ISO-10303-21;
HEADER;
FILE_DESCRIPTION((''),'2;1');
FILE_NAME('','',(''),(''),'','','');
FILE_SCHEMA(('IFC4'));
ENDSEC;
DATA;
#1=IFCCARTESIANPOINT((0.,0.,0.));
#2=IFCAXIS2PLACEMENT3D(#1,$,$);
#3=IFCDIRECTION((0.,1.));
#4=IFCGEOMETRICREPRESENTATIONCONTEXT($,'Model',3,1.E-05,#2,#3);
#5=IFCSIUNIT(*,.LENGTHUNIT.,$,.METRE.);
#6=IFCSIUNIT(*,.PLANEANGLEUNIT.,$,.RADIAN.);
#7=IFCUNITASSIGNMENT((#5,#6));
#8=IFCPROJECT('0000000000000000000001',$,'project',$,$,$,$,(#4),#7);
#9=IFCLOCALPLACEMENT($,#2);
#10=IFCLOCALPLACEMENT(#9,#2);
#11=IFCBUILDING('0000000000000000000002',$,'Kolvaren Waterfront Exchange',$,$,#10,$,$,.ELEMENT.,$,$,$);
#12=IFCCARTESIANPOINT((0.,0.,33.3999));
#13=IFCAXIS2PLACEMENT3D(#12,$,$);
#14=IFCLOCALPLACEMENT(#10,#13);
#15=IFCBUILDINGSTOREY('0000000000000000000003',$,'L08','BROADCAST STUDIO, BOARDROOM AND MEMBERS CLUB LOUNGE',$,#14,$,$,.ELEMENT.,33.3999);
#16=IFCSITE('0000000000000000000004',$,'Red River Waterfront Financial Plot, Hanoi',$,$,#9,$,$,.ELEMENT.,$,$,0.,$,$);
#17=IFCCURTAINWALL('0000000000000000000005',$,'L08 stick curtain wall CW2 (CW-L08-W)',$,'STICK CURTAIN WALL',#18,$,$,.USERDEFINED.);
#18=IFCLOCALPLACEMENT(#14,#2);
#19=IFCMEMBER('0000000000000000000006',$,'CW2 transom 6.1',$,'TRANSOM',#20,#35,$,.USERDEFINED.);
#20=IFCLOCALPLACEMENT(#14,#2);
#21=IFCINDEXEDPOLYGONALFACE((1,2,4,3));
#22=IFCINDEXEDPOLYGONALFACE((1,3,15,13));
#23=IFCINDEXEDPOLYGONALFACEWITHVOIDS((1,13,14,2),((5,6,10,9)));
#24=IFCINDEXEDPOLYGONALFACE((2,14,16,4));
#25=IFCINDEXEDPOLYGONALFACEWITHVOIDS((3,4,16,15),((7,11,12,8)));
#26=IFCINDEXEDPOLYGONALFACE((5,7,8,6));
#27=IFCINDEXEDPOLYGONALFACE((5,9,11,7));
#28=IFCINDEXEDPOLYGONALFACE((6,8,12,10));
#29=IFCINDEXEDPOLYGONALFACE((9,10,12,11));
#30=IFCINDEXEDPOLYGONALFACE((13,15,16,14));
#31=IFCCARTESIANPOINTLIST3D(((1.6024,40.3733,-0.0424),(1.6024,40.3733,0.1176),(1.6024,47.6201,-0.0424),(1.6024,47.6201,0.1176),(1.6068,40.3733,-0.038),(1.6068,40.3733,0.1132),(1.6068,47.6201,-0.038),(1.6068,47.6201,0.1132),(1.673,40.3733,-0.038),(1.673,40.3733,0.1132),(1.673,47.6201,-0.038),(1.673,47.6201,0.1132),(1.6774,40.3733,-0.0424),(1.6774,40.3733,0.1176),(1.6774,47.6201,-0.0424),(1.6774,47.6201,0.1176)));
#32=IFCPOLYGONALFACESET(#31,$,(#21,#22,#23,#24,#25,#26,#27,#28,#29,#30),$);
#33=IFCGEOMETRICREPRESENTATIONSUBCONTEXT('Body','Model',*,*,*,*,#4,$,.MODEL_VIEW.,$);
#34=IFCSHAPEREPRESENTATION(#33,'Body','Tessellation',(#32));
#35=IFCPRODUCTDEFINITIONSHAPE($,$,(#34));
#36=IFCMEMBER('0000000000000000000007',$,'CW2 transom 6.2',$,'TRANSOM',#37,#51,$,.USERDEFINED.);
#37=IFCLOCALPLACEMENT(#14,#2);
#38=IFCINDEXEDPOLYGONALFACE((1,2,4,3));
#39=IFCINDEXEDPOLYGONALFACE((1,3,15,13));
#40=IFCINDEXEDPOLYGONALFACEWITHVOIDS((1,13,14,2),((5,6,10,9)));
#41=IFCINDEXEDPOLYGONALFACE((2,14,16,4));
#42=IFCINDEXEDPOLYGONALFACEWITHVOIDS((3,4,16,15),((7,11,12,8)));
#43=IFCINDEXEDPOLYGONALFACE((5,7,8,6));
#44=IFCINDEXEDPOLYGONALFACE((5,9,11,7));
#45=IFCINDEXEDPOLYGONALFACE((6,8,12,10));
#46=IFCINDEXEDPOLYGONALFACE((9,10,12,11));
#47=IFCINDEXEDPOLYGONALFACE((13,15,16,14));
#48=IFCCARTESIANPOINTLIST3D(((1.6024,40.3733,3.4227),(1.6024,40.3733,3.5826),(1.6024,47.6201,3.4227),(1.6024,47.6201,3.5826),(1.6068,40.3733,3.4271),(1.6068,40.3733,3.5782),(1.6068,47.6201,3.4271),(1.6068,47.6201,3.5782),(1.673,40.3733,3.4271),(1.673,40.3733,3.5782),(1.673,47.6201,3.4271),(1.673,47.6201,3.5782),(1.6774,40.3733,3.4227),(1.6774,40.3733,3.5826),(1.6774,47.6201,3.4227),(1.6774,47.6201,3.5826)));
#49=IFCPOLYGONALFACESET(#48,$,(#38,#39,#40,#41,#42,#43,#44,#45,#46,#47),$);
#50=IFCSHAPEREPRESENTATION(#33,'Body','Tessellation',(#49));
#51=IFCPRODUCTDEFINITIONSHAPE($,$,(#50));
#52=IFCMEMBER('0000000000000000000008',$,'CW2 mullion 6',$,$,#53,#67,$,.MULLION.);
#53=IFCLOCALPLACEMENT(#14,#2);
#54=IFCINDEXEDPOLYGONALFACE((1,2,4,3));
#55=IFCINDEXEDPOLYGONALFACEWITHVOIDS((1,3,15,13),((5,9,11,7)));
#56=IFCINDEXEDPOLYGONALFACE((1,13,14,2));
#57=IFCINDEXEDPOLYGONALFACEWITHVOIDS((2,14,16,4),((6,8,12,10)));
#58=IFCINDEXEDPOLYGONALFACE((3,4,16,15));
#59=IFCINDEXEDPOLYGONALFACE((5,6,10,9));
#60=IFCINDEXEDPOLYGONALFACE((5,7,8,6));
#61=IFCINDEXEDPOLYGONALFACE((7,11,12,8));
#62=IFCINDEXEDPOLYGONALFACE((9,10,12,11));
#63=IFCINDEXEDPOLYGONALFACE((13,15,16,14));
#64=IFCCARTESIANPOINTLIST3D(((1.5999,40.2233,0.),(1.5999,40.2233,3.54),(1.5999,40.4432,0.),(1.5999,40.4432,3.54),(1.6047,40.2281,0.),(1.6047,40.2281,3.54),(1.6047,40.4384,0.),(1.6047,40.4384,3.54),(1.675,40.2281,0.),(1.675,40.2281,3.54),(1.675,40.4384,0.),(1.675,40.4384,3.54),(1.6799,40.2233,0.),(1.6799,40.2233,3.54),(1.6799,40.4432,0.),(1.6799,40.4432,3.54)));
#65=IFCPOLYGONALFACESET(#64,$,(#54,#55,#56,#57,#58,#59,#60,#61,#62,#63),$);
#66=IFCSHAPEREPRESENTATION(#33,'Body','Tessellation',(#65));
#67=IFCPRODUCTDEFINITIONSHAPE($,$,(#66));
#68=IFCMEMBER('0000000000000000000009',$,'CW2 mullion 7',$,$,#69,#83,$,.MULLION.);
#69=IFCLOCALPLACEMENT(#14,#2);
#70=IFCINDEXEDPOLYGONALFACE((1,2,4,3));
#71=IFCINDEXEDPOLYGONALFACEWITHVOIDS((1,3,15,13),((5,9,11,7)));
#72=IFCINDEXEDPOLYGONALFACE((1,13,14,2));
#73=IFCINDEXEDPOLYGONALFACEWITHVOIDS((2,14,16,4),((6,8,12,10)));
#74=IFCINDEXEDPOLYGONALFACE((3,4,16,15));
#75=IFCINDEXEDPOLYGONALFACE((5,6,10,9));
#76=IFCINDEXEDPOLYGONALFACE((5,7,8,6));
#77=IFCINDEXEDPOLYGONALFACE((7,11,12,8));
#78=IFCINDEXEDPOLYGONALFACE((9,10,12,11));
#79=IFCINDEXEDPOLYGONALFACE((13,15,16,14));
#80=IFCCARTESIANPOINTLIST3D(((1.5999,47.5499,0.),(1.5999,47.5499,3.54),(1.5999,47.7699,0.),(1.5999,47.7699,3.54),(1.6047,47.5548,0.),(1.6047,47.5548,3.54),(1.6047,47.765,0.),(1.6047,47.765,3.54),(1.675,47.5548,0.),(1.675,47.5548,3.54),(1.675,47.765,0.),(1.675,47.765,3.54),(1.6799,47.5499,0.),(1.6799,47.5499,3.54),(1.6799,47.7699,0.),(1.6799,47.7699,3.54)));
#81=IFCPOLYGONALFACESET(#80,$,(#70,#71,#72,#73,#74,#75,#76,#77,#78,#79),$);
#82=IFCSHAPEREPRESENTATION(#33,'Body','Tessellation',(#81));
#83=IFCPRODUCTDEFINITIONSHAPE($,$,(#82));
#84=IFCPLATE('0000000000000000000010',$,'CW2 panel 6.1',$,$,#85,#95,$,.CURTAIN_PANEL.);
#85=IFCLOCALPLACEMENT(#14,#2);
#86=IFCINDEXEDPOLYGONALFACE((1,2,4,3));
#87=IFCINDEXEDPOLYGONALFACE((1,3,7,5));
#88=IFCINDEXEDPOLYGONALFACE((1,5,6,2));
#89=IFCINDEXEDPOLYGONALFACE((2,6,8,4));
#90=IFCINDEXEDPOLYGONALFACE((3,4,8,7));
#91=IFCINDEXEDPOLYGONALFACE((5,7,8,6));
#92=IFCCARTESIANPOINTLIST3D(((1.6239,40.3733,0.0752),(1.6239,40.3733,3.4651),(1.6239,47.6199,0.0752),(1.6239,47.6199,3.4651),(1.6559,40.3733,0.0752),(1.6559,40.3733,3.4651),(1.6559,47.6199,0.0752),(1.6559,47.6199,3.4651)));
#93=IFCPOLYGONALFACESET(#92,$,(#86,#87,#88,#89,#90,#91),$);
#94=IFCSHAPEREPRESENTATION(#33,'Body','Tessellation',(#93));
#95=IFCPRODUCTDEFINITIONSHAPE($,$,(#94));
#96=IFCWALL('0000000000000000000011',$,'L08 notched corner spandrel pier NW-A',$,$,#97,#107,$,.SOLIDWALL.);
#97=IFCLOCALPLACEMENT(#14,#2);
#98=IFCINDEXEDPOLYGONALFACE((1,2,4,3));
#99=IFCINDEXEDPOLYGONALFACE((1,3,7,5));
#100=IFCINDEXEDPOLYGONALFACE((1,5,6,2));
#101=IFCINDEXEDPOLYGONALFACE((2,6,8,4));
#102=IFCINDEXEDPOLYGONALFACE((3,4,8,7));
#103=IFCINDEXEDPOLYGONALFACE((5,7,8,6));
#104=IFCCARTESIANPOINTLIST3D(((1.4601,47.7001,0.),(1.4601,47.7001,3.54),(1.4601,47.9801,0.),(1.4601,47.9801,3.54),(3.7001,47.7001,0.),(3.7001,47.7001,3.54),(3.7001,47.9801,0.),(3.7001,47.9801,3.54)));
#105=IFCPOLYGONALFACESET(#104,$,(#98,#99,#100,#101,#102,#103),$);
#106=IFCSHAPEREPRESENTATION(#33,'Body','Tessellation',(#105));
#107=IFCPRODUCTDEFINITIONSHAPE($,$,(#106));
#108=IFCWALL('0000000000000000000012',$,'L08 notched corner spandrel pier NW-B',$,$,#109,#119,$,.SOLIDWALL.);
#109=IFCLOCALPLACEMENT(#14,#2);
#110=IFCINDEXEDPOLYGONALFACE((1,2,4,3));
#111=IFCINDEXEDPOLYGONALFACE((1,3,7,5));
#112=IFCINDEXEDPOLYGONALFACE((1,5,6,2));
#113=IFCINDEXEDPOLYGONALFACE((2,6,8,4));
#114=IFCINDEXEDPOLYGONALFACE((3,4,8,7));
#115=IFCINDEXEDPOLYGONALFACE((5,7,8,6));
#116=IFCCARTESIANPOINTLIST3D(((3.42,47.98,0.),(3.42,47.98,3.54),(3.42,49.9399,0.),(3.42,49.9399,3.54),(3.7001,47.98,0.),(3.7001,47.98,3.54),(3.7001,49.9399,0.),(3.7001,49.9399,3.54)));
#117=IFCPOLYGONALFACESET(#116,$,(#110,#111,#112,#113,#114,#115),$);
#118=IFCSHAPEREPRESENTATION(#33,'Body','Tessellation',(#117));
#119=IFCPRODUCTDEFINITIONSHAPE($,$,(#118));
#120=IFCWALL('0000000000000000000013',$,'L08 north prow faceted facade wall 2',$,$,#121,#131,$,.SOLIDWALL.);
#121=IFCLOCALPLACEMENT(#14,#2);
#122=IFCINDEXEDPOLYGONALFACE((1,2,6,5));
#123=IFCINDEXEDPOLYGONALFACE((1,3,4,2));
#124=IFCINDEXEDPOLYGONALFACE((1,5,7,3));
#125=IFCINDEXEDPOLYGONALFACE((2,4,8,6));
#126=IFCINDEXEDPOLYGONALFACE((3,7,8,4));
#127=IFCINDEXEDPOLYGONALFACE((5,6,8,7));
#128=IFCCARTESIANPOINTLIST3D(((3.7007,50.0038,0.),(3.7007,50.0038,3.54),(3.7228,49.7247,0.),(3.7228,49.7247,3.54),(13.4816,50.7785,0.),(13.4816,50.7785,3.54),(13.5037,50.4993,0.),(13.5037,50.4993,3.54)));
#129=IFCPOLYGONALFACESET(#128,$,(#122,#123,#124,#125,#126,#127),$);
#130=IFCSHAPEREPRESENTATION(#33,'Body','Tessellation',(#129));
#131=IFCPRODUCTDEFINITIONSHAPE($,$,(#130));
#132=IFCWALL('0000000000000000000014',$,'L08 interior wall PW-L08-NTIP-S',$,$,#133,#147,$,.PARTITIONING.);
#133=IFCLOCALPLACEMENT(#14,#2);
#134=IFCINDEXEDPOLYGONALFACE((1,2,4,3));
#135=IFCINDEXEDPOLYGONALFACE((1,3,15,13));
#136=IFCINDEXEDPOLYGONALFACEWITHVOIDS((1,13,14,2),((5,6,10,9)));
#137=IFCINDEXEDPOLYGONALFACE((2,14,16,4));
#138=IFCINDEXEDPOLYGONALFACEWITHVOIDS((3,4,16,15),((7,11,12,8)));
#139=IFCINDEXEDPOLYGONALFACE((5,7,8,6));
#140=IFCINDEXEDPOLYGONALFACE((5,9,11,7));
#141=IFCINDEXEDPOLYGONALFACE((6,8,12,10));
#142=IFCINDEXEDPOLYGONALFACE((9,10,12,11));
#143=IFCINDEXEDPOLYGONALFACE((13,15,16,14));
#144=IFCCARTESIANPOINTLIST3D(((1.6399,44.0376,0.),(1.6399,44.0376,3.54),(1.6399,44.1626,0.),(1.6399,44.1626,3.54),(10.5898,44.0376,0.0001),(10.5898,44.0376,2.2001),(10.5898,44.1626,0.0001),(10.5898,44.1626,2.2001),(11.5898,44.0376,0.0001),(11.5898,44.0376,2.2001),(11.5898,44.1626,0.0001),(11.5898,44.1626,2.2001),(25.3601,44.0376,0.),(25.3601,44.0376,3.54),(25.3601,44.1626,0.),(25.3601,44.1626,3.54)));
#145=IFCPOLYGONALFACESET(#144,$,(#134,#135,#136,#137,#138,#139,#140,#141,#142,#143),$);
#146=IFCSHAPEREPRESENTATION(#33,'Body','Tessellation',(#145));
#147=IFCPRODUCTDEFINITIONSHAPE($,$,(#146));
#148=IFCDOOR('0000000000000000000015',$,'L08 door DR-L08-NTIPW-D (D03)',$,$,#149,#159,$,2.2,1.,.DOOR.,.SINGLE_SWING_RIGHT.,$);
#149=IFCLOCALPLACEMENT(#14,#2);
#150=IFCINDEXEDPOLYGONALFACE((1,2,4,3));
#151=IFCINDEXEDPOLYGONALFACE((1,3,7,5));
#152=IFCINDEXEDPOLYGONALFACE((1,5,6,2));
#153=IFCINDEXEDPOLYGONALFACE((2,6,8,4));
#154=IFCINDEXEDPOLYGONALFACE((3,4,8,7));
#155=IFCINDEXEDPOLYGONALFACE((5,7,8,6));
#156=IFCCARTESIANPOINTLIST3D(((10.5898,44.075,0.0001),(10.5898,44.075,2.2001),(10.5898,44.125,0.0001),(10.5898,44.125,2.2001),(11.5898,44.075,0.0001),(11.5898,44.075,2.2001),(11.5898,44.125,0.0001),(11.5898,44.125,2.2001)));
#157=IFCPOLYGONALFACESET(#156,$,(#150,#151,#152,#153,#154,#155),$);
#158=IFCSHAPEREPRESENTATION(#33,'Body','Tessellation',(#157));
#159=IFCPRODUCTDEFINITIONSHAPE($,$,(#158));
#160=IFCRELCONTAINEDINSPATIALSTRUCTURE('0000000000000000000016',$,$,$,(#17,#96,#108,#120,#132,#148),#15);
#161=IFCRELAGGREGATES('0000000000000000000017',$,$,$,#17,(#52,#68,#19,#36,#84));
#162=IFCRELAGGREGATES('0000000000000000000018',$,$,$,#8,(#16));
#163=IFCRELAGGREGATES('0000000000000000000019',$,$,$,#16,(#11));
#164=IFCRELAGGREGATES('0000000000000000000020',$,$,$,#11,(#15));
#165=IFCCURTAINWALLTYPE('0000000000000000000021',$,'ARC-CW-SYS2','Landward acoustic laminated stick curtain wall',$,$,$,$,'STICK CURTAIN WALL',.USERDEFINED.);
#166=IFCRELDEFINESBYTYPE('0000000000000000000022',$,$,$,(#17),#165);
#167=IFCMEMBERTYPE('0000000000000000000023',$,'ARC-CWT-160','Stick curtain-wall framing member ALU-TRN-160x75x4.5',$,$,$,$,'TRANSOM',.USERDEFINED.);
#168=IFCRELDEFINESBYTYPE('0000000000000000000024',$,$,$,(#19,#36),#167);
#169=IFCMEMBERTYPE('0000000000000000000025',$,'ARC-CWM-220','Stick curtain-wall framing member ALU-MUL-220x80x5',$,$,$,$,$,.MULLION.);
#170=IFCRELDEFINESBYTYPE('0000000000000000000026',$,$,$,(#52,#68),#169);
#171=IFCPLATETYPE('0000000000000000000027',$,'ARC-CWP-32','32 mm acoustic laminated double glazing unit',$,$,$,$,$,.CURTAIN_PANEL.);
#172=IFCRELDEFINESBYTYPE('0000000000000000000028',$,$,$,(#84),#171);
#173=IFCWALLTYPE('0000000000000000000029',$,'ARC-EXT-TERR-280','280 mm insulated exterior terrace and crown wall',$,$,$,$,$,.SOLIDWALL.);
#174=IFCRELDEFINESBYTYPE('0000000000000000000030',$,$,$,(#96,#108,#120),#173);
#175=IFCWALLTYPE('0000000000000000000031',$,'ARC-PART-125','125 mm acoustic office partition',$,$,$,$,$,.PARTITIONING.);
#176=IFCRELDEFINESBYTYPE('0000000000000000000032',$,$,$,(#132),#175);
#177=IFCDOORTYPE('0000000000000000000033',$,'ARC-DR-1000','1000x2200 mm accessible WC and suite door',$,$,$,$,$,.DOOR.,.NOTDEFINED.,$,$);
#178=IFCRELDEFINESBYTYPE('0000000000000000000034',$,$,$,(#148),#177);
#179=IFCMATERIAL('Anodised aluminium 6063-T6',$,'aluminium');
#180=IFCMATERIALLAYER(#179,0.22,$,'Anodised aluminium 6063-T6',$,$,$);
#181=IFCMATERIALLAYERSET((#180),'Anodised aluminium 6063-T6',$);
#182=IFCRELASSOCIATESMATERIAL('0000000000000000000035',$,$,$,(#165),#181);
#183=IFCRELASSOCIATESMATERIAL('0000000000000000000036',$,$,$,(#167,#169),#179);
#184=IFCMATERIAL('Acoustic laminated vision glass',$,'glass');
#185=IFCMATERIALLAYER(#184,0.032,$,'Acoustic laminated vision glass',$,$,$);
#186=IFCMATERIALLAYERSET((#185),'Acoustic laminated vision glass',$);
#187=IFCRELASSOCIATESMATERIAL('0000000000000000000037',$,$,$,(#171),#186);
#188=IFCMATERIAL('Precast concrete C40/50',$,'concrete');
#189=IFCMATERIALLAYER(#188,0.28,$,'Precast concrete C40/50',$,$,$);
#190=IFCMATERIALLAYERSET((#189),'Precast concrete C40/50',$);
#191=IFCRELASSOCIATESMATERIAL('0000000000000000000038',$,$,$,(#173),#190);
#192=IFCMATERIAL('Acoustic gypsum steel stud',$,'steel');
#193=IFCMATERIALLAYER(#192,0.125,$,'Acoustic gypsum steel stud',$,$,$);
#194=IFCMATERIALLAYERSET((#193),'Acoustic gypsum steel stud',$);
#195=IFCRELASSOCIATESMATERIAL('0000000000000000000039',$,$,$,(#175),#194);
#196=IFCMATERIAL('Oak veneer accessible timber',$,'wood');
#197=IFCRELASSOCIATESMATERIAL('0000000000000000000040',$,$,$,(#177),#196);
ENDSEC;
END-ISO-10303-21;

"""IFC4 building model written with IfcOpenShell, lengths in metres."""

from ifc_helpers import new_model, si_unit, direction, frame, frame_2d, origin, origin_with_axes, origin_2d, place, context, subcontext, project, spatial, rectangle, hollow_rectangle, extrude, source, transform, mapped, material, layer, layer_set, material_profile, profile_set, type_object, element, fill, aggregate, save


model = new_model("IFC4")

# Units and contexts
model_context = context("Model", 3, precision=1e-05, world=origin(), true_north=direction((0.0, 1.0)))
body_context = subcontext(model_context, "Body", "Model", "MODEL_VIEW")
ifc_project = project(units=[si_unit("LENGTHUNIT", "METRE"), si_unit("PLANEANGLEUNIT", "RADIAN")], contexts=[model_context])

# Site, building, storey
site_placement = place(None, origin())
site = spatial("IfcSite", under=ifc_project, at=site_placement, Name="Red River Waterfront Financial Plot, Hanoi", CompositionType="ELEMENT", RefElevation=0.0)
building_placement = place(site_placement, origin())
building = spatial("IfcBuilding", under=site, at=building_placement, Name="Kolvaren Waterfront Exchange", CompositionType="ELEMENT")
storey_placement = place(building_placement, frame((0.0, 0.0, 33.3999)))
storey = spatial("IfcBuildingStorey", under=building, at=storey_placement, Name="L08", Description="BROADCAST STUDIO, BOARDROOM AND MEMBERS CLUB LOUNGE", CompositionType="ELEMENT", Elevation=33.3999)

# Curtain wall, members, plate
ifc_material_1 = material(Name="Anodised aluminium 6063-T6", Category="aluminium")
ifc_layer_1 = layer(ifc_material_1, 0.22, Name="Anodised aluminium 6063-T6")
ifc_layer_set_1 = layer_set([ifc_layer_1], Name="Anodised aluminium 6063-T6")
curtain_wall_type = type_object("IfcCurtainWallType", Name="ARC-CW-SYS2", Description="Landward acoustic laminated stick curtain wall", ElementType="STICK CURTAIN WALL", PredefinedType="USERDEFINED", material=ifc_layer_set_1)
curtain_wall_placement = place(storey_placement, origin())
curtain_wall = element("IfcCurtainWall", 1, at=curtain_wall_placement, inside=storey, type_object=curtain_wall_type, Name="L08 stick curtain wall CW2 (CW-L08-W)", ObjectType="STICK CURTAIN WALL", PredefinedType="USERDEFINED")
ifc_material_profile_1 = material_profile(ifc_material_1, hollow_rectangle(XDim=0.075, YDim=0.1599, WallThickness=0.0044, at=origin_2d()), Name="ALU-TRN-160x75x4.5")
ifc_profile_set_1 = profile_set([ifc_material_profile_1], Name="Anodised aluminium 6063-T6")
member_type_1 = type_object("IfcMemberType", Name="ARC-CWT-160", Description="Stick curtain-wall framing member ALU-TRN-160x75x4.5", ElementType="TRANSOM", PredefinedType="USERDEFINED", material=ifc_profile_set_1)
shared_shape_1 = source(origin_with_axes(), body_context, "Body", "SweptSolid", [
    extrude(hollow_rectangle(XDim=0.075, YDim=0.1599, WallThickness=0.0044, at=origin_2d()), origin(), (0.0, 0.0, 1.0), 7.2468),
])
member_1_placement = place(storey_placement, frame((1.6399, 40.3733, 0.0376), z_axis=(0.0, 1.0, 0.0), x_axis=(-1.0, 0.0, 0.0)))
member_1 = element("IfcMember", 2, at=member_1_placement, type_object=member_type_1, Name="CW2 transom 6.1", ObjectType="TRANSOM", PredefinedType="USERDEFINED", context=body_context, shape_type="MappedRepresentation", body=[
    mapped(shared_shape_1, transform((0.0, 0.0, 0.0), x_axis=(1.0, 0.0, 0.0), y_axis=(0.0, 1.0, 0.0), z_axis=(0.0, 0.0, 1.0), scale=1.0)),
])
member_2_placement = place(storey_placement, frame((1.6399, 40.3733, 3.5027), z_axis=(0.0, 1.0, 0.0), x_axis=(-1.0, 0.0, 0.0)))
member_2 = element("IfcMember", 3, at=member_2_placement, type_object=member_type_1, Name="CW2 transom 6.2", ObjectType="TRANSOM", PredefinedType="USERDEFINED", context=body_context, shape_type="MappedRepresentation", body=[
    mapped(shared_shape_1, transform((0.0, 0.0, 0.0), x_axis=(1.0, 0.0, 0.0), y_axis=(0.0, 1.0, 0.0), z_axis=(0.0, 0.0, 1.0), scale=1.0)),
])
ifc_material_profile_2 = material_profile(ifc_material_1, hollow_rectangle(XDim=0.0801, YDim=0.22, WallThickness=0.0049, at=origin_2d()), Name="ALU-MUL-220x80x5")
ifc_profile_set_2 = profile_set([ifc_material_profile_2], Name="Anodised aluminium 6063-T6")
member_type_2 = type_object("IfcMemberType", Name="ARC-CWM-220", Description="Stick curtain-wall framing member ALU-MUL-220x80x5", PredefinedType="MULLION", material=ifc_profile_set_2)
shared_shape_2 = source(origin_with_axes(), body_context, "Body", "SweptSolid", [
    extrude(hollow_rectangle(XDim=0.0801, YDim=0.22, WallThickness=0.0049, at=origin_2d()), origin(), (0.0, 0.0, 1.0), 3.54),
])
member_3_placement = place(storey_placement, frame((1.6399, 40.3333, 0.0), z_axis=(0.0, 0.0, 1.0), x_axis=(-1.0, 0.0, 0.0)))
member_3 = element("IfcMember", 4, at=member_3_placement, type_object=member_type_2, Name="CW2 mullion 6", PredefinedType="MULLION", context=body_context, shape_type="MappedRepresentation", body=[
    mapped(shared_shape_2, transform((0.0, 0.0, 0.0), x_axis=(1.0, 0.0, 0.0), y_axis=(0.0, 1.0, 0.0), z_axis=(0.0, 0.0, 1.0), scale=1.0)),
])
member_4_placement = place(storey_placement, frame((1.6399, 47.6599, 0.0), z_axis=(0.0, 0.0, 1.0), x_axis=(-1.0, 0.0, 0.0)))
member_4 = element("IfcMember", 5, at=member_4_placement, type_object=member_type_2, Name="CW2 mullion 7", PredefinedType="MULLION", context=body_context, shape_type="MappedRepresentation", body=[
    mapped(shared_shape_2, transform((0.0, 0.0, 0.0), x_axis=(1.0, 0.0, 0.0), y_axis=(0.0, 1.0, 0.0), z_axis=(0.0, 0.0, 1.0), scale=1.0)),
])
ifc_material_2 = material(Name="Acoustic laminated vision glass", Category="glass")
ifc_layer_2 = layer(ifc_material_2, 0.032, Name="Acoustic laminated vision glass")
ifc_layer_set_2 = layer_set([ifc_layer_2], Name="Acoustic laminated vision glass")
plate_type = type_object("IfcPlateType", Name="ARC-CWP-32", Description="32 mm acoustic laminated double glazing unit", PredefinedType="CURTAIN_PANEL", material=ifc_layer_set_2)
shared_shape_3 = source(origin_with_axes(), body_context, "Body", "SweptSolid", [
    extrude(rectangle(XDim=7.2466, YDim=0.032, at=origin_2d()), origin(), (0.0, 0.0, 1.0), 3.3899),
])
plate_placement = place(storey_placement, frame((1.6399, 43.9966, 0.0752), z_axis=(0.0, 0.0, 1.0), x_axis=(0.0, 1.0, 0.0)))
plate = element("IfcPlate", 6, at=plate_placement, type_object=plate_type, Name="CW2 panel 6.1", PredefinedType="CURTAIN_PANEL", context=body_context, shape_type="MappedRepresentation", body=[
    mapped(shared_shape_3, transform((0.0, 0.0, 0.0), x_axis=(1.0, 0.0, 0.0), y_axis=(0.0, 1.0, 0.0), z_axis=(0.0, 0.0, 1.0), scale=1.0)),
])
aggregate(curtain_wall, [member_3, member_4, member_1, member_2, plate])

# Walls
ifc_material_3 = material(Name="Precast concrete C40/50", Category="concrete")
ifc_layer_3 = layer(ifc_material_3, 0.28, Name="Precast concrete C40/50")
ifc_layer_set_3 = layer_set([ifc_layer_3], Name="Precast concrete C40/50")
wall_type_1 = type_object("IfcWallType", Name="ARC-EXT-TERR-280", Description="280 mm insulated exterior terrace and crown wall", PredefinedType="SOLIDWALL", material=ifc_layer_set_3)
wall_1_placement = place(storey_placement, frame((1.46, 47.8401, 0.0), z_axis=(0.0, 0.0, 1.0), x_axis=(1.0, 0.0, 0.0)))
element("IfcWall", 7, at=wall_1_placement, inside=storey, type_object=wall_type_1, Name="L08 notched corner spandrel pier NW-A", PredefinedType="SOLIDWALL", context=body_context, shape_type="SweptSolid", body=[
    extrude(rectangle(XDim=2.24, YDim=0.28, at=frame_2d((1.1201, 0.0))), origin(), (0.0, 0.0, 1.0), 3.54),
])
wall_2_placement = place(storey_placement, frame((3.5601, 47.98, 0.0), z_axis=(0.0, 0.0, 1.0), x_axis=(0.0, 1.0, 0.0)))
element("IfcWall", 8, at=wall_2_placement, inside=storey, type_object=wall_type_1, Name="L08 notched corner spandrel pier NW-B", PredefinedType="SOLIDWALL", context=body_context, shape_type="SweptSolid", body=[
    extrude(rectangle(XDim=1.96, YDim=0.28, at=frame_2d((0.98, 0.0))), origin(), (0.0, 0.0, 1.0), 3.54),
])
wall_3_placement = place(storey_placement, frame((13.4927, 50.6389, 0.0), z_axis=(0.0, 0.0, 1.0), x_axis=(-0.996878, -0.078953, 0.0)))
element("IfcWall", 9, at=wall_3_placement, inside=storey, type_object=wall_type_1, Name="L08 north prow faceted facade wall 2", PredefinedType="SOLIDWALL", context=body_context, shape_type="SweptSolid", body=[
    extrude(rectangle(XDim=9.8115, YDim=0.28, at=frame_2d((4.9058, 0.0))), origin(), (0.0, 0.0, 1.0), 3.54),
])

# Wall, opening, door
ifc_material_4 = material(Name="Acoustic gypsum steel stud", Category="steel")
ifc_layer_4 = layer(ifc_material_4, 0.125, Name="Acoustic gypsum steel stud")
ifc_layer_set_4 = layer_set([ifc_layer_4], Name="Acoustic gypsum steel stud")
wall_type_2 = type_object("IfcWallType", Name="ARC-PART-125", Description="125 mm acoustic office partition", PredefinedType="PARTITIONING", material=ifc_layer_set_4)
wall_4_placement = place(storey_placement, frame((1.6399, 44.1001, 0.0), z_axis=(0.0, 0.0, 1.0), x_axis=(1.0, 0.0, 0.0)))
wall_4 = element("IfcWall", 10, at=wall_4_placement, inside=storey, type_object=wall_type_2, Name="L08 interior wall PW-L08-NTIP-S", PredefinedType="PARTITIONING", context=body_context, shape_type="SweptSolid", body=[
    extrude(rectangle(XDim=23.7202, YDim=0.125, at=frame_2d((11.8601, 0.0))), origin(), (0.0, 0.0, 1.0), 3.54),
])
opening_1_placement = place(wall_4_placement, frame((8.95, 0.0, 0.0)))
opening_1 = element("IfcOpeningElement", 11, at=opening_1_placement, cuts=wall_4, PredefinedType="OPENING", context=body_context, shape_type="SweptSolid", body=[
    extrude(rectangle(XDim=1.0, YDim=2.2, at=frame_2d((0.5, 1.1001))), frame((0.0, 0.0725, 0.0), z_axis=(0.0, -1.0, 0.0), x_axis=(1.0, 0.0, 0.0)), (0.0, 0.0, 1.0), 0.145),
])
ifc_material_5 = material(Name="Oak veneer accessible timber", Category="wood")
door_type_1 = type_object("IfcDoorType", Name="ARC-DR-1000", Description="1000x2200 mm accessible WC and suite door", OperationType="NOTDEFINED", PredefinedType="DOOR", material=ifc_material_5)
door_1_placement = place(opening_1_placement, origin())
door_1 = element("IfcDoor", 12, at=door_1_placement, inside=storey, type_object=door_type_1, Name="L08 door DR-L08-NTIPW-D (D03)", OperationType="SINGLE_SWING_RIGHT", OverallHeight=2.2, OverallWidth=1.0, PredefinedType="DOOR", context=body_context, shape_type="SweptSolid", body=[
    extrude(rectangle(XDim=1.0, YDim=2.2, at=frame_2d((0.5, 1.1001))), frame((0.0, 0.0249, 0.0), z_axis=(0.0, -1.0, 0.0), x_axis=(1.0, 0.0, 0.0)), (0.0, 0.0, 1.0), 0.05),
])
fill(opening_1, door_1)

save(model, "model.ifc")
